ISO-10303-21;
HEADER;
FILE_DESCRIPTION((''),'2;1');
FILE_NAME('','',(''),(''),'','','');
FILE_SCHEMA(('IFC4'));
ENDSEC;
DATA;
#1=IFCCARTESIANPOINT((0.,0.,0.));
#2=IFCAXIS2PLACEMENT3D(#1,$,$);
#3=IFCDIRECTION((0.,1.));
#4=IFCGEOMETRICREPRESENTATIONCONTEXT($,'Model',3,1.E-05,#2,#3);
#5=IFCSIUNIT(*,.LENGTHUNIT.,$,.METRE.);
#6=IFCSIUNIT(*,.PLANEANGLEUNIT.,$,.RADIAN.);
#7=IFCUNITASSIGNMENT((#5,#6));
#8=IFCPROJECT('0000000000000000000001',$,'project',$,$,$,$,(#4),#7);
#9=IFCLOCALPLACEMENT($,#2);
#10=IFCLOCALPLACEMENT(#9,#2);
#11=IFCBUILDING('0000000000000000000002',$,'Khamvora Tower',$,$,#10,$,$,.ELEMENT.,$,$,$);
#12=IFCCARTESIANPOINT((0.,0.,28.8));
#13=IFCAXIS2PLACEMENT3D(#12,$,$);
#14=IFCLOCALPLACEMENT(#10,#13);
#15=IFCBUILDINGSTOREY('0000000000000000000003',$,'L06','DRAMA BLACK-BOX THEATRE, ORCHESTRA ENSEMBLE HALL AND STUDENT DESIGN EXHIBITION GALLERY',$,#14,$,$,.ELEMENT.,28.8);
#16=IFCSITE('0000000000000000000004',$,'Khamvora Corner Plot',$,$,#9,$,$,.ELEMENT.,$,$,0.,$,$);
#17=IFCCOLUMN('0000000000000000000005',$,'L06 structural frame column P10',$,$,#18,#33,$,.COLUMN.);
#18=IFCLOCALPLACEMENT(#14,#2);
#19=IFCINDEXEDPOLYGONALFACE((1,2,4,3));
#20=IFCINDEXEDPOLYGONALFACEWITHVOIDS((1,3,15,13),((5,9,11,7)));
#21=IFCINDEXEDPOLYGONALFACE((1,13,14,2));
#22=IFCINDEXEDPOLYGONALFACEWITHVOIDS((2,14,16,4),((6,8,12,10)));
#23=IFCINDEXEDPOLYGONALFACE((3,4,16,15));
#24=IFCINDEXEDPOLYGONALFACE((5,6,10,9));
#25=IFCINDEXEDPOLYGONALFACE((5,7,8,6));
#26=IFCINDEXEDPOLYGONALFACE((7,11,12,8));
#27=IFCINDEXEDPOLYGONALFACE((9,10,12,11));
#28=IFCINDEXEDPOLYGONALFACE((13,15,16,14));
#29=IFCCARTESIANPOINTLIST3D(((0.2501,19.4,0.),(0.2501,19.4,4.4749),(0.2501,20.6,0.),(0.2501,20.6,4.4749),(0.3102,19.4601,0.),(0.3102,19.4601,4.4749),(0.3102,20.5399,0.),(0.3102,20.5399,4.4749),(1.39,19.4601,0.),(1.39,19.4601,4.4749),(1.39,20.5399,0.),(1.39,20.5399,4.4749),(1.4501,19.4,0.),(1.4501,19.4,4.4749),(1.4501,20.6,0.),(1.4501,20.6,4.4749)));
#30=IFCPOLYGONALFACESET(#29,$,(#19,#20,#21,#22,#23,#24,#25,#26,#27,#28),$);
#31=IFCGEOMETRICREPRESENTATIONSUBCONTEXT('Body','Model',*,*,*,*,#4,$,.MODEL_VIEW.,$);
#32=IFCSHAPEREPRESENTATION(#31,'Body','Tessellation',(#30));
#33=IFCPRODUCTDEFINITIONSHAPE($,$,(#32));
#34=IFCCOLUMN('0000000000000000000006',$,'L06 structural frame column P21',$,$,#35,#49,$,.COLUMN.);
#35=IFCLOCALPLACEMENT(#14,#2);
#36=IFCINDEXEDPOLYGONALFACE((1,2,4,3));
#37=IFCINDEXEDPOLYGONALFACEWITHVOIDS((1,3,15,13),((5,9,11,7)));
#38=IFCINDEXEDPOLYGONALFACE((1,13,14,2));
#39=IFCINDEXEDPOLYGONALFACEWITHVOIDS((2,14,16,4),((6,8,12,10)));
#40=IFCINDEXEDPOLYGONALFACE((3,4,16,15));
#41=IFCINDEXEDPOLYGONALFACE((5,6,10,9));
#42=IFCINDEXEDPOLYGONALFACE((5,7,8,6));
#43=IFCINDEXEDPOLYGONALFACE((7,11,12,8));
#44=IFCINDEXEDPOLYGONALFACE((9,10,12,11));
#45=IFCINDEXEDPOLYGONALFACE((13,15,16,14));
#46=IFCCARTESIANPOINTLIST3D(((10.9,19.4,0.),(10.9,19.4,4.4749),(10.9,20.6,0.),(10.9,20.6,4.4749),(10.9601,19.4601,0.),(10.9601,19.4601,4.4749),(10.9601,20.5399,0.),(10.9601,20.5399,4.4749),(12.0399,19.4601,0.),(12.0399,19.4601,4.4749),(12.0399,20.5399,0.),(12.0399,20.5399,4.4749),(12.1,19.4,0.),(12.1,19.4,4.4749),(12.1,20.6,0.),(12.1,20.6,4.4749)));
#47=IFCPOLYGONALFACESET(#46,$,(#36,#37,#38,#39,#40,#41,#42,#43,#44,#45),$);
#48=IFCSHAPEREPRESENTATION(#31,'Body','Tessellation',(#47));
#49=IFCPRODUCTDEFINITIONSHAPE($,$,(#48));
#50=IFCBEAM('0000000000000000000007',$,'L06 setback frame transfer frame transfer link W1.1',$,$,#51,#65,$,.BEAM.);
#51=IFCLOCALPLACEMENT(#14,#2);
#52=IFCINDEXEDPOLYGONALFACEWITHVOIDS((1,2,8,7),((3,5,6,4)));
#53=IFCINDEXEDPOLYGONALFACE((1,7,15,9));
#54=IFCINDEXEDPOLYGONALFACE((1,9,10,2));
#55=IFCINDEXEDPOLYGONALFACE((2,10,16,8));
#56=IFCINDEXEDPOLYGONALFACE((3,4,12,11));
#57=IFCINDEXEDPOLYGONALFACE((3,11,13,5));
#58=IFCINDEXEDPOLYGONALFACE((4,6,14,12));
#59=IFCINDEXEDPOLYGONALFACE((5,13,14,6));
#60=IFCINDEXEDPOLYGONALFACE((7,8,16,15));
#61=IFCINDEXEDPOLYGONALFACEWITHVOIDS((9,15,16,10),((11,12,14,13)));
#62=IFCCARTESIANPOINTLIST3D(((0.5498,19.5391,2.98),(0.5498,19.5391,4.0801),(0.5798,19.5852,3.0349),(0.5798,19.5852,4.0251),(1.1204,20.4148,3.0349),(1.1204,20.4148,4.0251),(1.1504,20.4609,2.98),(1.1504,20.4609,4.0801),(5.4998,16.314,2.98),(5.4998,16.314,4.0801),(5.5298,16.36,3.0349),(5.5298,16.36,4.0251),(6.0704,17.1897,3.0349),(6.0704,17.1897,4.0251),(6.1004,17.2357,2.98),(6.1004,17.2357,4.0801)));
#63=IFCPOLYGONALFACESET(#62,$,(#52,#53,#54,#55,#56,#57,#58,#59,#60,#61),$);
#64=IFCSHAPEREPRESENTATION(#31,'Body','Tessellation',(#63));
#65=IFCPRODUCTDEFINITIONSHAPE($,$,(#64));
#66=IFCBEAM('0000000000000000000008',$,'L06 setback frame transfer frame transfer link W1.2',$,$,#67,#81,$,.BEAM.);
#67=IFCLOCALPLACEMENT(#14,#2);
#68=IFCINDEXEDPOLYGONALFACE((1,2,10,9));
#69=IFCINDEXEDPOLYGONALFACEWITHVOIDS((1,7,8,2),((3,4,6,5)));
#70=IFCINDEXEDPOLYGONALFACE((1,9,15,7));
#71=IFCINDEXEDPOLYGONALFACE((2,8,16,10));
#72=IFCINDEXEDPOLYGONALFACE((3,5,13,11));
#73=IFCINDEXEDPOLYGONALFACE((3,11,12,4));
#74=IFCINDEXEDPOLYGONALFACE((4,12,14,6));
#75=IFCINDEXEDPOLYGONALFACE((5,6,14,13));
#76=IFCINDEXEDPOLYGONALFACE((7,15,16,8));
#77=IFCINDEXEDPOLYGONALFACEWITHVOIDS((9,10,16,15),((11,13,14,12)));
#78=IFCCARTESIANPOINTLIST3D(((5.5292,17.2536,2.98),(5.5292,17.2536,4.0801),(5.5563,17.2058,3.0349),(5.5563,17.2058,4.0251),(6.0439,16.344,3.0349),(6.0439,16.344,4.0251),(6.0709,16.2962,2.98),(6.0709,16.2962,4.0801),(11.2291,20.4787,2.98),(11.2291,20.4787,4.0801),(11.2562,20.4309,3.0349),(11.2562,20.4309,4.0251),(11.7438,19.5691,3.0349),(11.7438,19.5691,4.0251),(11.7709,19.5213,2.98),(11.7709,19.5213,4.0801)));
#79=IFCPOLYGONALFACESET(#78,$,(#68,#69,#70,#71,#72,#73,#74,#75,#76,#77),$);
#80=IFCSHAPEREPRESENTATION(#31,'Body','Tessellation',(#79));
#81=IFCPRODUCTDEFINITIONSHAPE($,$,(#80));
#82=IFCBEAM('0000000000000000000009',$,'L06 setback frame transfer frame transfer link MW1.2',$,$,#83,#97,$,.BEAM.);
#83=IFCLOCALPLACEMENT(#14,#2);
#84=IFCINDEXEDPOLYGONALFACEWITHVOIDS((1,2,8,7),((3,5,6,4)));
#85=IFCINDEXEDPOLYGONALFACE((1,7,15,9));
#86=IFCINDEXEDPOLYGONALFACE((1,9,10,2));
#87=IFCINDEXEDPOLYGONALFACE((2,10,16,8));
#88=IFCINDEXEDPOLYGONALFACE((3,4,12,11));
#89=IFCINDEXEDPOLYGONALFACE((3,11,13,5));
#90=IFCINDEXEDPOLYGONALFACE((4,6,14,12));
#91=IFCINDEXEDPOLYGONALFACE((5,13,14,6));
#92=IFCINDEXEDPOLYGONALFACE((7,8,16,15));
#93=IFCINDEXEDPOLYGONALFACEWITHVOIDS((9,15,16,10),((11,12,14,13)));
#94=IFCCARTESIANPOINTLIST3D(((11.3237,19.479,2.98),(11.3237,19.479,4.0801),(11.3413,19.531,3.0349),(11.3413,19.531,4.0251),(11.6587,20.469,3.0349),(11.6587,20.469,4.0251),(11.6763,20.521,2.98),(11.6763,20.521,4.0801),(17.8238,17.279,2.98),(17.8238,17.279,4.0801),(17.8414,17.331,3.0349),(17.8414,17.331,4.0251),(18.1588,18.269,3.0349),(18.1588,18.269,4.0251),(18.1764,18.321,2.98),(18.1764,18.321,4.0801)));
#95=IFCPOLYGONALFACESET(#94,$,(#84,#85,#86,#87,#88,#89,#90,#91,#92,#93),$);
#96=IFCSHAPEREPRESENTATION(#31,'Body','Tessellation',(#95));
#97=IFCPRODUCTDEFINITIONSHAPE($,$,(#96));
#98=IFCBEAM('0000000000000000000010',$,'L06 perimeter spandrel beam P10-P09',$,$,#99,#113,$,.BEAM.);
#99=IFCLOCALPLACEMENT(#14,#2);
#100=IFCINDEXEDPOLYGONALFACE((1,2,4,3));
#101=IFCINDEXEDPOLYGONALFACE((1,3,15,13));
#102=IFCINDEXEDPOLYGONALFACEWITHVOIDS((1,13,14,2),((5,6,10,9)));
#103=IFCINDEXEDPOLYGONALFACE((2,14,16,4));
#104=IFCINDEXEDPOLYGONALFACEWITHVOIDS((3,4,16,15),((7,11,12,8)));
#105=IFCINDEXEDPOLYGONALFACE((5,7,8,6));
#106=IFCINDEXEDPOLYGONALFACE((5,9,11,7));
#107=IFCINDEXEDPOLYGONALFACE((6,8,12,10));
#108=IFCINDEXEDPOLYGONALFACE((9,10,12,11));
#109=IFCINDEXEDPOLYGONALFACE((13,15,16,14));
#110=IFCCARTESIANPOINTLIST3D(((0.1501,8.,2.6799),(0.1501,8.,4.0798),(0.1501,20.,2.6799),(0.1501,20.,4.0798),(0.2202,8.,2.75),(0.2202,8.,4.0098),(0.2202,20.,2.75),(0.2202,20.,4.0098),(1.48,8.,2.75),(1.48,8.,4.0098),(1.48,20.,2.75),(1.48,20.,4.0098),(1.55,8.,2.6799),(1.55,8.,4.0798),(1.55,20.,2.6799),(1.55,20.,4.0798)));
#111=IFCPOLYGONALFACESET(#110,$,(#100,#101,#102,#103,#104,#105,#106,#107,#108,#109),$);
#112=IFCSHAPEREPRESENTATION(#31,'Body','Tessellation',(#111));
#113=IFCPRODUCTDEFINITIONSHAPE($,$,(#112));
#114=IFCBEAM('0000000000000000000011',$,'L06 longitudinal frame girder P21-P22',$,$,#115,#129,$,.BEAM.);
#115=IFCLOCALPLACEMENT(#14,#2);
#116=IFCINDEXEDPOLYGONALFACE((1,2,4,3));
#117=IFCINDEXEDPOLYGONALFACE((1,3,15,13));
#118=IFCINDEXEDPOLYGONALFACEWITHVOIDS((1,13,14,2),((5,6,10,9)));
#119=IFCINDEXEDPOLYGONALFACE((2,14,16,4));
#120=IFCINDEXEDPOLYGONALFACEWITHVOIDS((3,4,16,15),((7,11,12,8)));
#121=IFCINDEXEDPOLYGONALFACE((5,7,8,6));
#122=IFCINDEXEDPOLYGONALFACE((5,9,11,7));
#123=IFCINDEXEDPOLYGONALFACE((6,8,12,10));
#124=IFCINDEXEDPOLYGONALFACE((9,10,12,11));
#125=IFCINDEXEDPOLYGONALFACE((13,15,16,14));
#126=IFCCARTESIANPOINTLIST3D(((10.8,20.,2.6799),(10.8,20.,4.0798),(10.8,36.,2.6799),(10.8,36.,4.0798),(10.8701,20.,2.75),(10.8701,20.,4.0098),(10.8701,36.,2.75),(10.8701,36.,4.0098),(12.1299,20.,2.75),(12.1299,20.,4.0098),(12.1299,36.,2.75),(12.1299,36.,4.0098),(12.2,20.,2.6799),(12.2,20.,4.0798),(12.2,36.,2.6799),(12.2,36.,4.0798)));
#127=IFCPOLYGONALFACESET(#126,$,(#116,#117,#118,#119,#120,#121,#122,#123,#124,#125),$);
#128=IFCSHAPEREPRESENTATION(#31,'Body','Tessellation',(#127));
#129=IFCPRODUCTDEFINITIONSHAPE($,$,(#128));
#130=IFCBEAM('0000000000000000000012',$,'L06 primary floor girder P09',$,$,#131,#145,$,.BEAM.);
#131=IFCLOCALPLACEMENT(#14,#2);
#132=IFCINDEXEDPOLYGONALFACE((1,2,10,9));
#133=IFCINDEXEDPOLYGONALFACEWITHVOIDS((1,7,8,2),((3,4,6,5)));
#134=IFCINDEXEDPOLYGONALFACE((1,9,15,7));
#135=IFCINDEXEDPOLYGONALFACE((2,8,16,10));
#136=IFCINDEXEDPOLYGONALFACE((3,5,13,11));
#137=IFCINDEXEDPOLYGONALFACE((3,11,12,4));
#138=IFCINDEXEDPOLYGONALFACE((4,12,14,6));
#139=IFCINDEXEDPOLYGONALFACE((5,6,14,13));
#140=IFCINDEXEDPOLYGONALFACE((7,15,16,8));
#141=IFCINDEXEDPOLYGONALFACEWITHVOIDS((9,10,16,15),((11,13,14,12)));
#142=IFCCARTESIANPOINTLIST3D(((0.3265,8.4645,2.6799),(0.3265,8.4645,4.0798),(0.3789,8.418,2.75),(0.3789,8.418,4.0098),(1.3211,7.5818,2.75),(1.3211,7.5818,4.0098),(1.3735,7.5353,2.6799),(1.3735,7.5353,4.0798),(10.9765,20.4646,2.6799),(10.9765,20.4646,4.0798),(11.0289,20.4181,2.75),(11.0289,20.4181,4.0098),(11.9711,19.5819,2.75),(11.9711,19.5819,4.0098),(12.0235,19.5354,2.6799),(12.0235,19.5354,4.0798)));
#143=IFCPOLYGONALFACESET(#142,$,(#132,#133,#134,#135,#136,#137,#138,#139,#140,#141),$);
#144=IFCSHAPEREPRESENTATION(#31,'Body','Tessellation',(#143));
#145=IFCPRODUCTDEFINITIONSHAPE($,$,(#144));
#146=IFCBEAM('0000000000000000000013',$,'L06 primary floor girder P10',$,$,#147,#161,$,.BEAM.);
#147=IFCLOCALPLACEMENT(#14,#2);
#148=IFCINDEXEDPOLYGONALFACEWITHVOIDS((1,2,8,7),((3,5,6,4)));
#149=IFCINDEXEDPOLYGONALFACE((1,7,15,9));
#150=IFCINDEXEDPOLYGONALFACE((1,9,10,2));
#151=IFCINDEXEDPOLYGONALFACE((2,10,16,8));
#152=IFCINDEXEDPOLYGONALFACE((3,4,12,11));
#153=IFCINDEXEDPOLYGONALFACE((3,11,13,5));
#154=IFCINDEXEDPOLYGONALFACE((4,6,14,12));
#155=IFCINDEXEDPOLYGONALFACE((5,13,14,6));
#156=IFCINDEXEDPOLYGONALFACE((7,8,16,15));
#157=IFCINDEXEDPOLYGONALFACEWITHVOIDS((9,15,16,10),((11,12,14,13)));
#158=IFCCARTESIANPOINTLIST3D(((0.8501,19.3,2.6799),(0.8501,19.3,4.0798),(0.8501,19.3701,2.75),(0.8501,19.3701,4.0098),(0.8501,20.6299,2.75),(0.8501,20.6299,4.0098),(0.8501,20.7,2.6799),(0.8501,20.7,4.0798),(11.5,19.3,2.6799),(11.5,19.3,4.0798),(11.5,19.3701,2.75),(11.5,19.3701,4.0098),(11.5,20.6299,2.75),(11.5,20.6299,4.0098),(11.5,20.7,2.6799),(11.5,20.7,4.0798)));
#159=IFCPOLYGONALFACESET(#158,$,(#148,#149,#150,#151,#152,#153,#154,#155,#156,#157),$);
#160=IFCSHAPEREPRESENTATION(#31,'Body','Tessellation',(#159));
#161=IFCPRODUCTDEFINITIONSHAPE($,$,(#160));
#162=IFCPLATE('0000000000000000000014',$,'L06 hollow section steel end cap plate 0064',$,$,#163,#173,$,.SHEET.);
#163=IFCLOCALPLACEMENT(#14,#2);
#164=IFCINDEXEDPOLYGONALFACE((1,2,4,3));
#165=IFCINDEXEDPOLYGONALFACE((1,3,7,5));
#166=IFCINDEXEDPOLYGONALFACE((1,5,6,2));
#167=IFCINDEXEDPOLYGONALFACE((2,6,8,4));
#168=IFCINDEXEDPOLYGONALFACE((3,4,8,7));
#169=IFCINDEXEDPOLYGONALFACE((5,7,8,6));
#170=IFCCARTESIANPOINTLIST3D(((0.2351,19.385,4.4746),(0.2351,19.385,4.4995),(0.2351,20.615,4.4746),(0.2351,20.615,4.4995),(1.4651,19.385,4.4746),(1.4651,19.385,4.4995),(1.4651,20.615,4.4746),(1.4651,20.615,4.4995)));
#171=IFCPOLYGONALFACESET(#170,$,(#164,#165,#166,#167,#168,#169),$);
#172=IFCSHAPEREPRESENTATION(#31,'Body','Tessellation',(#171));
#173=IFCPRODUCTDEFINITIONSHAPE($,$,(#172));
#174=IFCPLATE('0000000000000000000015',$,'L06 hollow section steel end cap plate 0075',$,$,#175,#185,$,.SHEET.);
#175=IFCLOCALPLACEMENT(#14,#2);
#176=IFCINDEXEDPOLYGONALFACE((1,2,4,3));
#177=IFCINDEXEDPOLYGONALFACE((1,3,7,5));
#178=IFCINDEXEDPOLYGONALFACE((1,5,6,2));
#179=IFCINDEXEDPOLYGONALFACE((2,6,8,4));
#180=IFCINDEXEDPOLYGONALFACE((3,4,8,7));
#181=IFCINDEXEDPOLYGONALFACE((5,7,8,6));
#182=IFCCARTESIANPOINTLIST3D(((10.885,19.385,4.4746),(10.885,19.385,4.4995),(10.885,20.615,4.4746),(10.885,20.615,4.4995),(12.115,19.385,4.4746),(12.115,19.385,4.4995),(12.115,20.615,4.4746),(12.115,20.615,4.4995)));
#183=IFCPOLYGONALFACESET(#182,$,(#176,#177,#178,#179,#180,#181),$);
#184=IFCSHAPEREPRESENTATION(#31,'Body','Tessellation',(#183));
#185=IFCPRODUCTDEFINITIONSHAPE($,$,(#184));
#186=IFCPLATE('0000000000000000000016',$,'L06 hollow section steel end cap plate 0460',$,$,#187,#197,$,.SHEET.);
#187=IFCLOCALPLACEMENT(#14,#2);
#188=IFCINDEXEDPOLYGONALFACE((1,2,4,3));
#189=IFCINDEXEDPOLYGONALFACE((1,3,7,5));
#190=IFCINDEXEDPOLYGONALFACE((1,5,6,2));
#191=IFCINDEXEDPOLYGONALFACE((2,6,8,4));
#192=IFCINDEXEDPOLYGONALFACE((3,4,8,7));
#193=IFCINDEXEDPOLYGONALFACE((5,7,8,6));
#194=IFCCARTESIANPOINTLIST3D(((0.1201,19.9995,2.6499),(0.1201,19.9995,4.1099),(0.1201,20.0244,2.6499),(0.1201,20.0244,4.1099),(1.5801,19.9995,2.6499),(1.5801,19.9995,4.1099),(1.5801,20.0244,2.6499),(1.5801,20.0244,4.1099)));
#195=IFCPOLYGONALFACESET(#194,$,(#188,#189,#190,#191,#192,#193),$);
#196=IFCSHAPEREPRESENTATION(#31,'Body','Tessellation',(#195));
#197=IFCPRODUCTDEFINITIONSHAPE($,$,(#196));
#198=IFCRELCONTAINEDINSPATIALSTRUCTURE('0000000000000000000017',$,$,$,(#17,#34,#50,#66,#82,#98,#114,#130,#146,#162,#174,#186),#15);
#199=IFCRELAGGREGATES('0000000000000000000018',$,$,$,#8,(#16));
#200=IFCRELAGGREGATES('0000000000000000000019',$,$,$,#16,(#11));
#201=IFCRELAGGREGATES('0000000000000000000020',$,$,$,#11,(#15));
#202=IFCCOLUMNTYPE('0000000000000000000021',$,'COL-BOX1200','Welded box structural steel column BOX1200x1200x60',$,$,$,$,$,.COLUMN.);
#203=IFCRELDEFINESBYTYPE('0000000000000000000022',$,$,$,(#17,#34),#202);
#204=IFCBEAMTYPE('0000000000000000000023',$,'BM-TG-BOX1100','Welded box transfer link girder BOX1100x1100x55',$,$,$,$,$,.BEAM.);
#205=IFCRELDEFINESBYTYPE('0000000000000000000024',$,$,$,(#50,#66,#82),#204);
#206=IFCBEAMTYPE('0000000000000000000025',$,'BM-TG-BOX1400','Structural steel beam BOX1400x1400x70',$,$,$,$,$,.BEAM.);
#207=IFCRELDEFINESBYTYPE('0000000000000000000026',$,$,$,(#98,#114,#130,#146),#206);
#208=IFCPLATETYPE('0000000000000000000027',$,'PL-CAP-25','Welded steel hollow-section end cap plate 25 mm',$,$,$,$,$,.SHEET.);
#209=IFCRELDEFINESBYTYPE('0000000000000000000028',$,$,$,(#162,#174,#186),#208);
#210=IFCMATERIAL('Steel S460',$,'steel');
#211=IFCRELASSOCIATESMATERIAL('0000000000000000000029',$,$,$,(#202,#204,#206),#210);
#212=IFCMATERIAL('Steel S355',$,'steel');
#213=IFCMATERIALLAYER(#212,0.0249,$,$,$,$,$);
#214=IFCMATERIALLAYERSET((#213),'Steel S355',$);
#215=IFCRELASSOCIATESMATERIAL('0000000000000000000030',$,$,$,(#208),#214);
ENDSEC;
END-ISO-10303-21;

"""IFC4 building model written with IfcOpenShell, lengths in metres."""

from ifc_helpers import new_model, si_unit, direction, frame, origin, origin_2d, place, context, subcontext, project, spatial, rectangle, hollow_rectangle, extrude, material, layer, layer_set, material_profile, profile_set, type_object, element, save


model = new_model("IFC4")

# Units and contexts
model_context = context("Model", 3, precision=1e-05, world=origin(), true_north=direction((0.0, 1.0)))
body_context = subcontext(model_context, "Body", "Model", "MODEL_VIEW")
ifc_project = project(units=[si_unit("LENGTHUNIT", "METRE"), si_unit("PLANEANGLEUNIT", "RADIAN")], contexts=[model_context])

# Site, building, storey
site_placement = place(None, origin())
site = spatial("IfcSite", under=ifc_project, at=site_placement, Name="Khamvora Corner Plot", CompositionType="ELEMENT", RefElevation=0.0)
building_placement = place(site_placement, origin())
building = spatial("IfcBuilding", under=site, at=building_placement, Name="Khamvora Tower", CompositionType="ELEMENT")
storey_placement = place(building_placement, frame((0.0, 0.0, 28.8)))
storey = spatial("IfcBuildingStorey", under=building, at=storey_placement, Name="L06", Description="DRAMA BLACK-BOX THEATRE, ORCHESTRA ENSEMBLE HALL AND STUDENT DESIGN EXHIBITION GALLERY", CompositionType="ELEMENT", Elevation=28.8)

# Columns
ifc_material_1 = material(Name="Steel S460", Category="steel")
ifc_material_profile_1 = material_profile(ifc_material_1, hollow_rectangle(XDim=1.2, YDim=1.2, WallThickness=0.0601, at=origin_2d()), Name="BOX1200x1200x60")
ifc_profile_set_1 = profile_set([ifc_material_profile_1], Name="Steel S460")
column_type = type_object("IfcColumnType", Name="COL-BOX1200", Description="Welded box structural steel column BOX1200x1200x60", PredefinedType="COLUMN", material=ifc_profile_set_1)
for number, where, z_axis, x_axis, name in (
    (1, (0.8501, 20.0, 0.0), (0.0, 0.0, 1.0), (1.0, 0.0, 0.0), "L06 structural frame column P10"),
    (2, (11.5, 20.0, 0.0), (0.0, 0.0, 1.0), (1.0, 0.0, 0.0), "L06 structural frame column P21"),
):
    element("IfcColumn", number, at=place(storey_placement, frame(where, z_axis=z_axis, x_axis=x_axis)), inside=storey, type_object=column_type, Name=name, PredefinedType="COLUMN", context=body_context, shape_type="SweptSolid", body=[
        extrude(hollow_rectangle(XDim=1.2, YDim=1.2, WallThickness=0.0601, at=origin_2d()), origin(), (0.0, 0.0, 1.0), 4.4749),
    ])

# Beams
ifc_material_profile_2 = material_profile(ifc_material_1, hollow_rectangle(XDim=1.1001, YDim=1.1001, WallThickness=0.0549, at=origin_2d()), Name="BOX1100x1100x55")
ifc_profile_set_2 = profile_set([ifc_material_profile_2], Name="Steel S460")
beam_type_1 = type_object("IfcBeamType", Name="BM-TG-BOX1100", Description="Welded box transfer link girder BOX1100x1100x55", PredefinedType="BEAM", material=ifc_profile_set_2)
beam_1_placement = place(storey_placement, frame((0.8501, 20.0, 3.53), z_axis=(0.837853, -0.545896, 0.0), x_axis=(0.545896, 0.837853, 0.0)))
element("IfcBeam", 3, at=beam_1_placement, inside=storey, type_object=beam_type_1, Name="L06 setback frame transfer frame transfer link W1.1", PredefinedType="BEAM", context=body_context, shape_type="SweptSolid", body=[
    extrude(hollow_rectangle(XDim=1.1001, YDim=1.1001, WallThickness=0.0549, at=origin_2d()), origin(), (0.0, 0.0, 1.0), 5.908),
])
beam_2_placement = place(storey_placement, frame((11.5, 20.0, 3.53), z_axis=(-0.870341, -0.492449, 0.0), x_axis=(0.492449, -0.870341, 0.0)))
element("IfcBeam", 4, at=beam_2_placement, inside=storey, type_object=beam_type_1, Name="L06 setback frame transfer frame transfer link W1.2", PredefinedType="BEAM", context=body_context, shape_type="SweptSolid", body=[
    extrude(hollow_rectangle(XDim=1.1001, YDim=1.1001, WallThickness=0.0549, at=origin_2d()), origin(), (0.0, 0.0, 1.0), 6.5491),
])
beam_3_placement = place(storey_placement, frame((11.5, 20.0, 3.53), z_axis=(0.947218, -0.32059, 0.0), x_axis=(0.32059, 0.947218, 0.0)))
element("IfcBeam", 5, at=beam_3_placement, inside=storey, type_object=beam_type_1, Name="L06 setback frame transfer frame transfer link MW1.2", PredefinedType="BEAM", context=body_context, shape_type="SweptSolid", body=[
    extrude(hollow_rectangle(XDim=1.1001, YDim=1.1001, WallThickness=0.0549, at=origin_2d()), origin(), (0.0, 0.0, 1.0), 6.8623),
])
ifc_material_profile_3 = material_profile(ifc_material_1, hollow_rectangle(XDim=1.3999, YDim=1.3999, WallThickness=0.0701, at=origin_2d()), Name="BOX1400x1400x70")
ifc_profile_set_3 = profile_set([ifc_material_profile_3], Name="Steel S460")
beam_type_2 = type_object("IfcBeamType", Name="BM-TG-BOX1400", Description="Structural steel beam BOX1400x1400x70", PredefinedType="BEAM", material=ifc_profile_set_3)
beam_4_placement = place(storey_placement, frame((0.8501, 20.0, 3.3799), z_axis=(0.0, -1.0, 0.0), x_axis=(1.0, 0.0, 0.0)))
element("IfcBeam", 6, at=beam_4_placement, inside=storey, type_object=beam_type_2, Name="L06 perimeter spandrel beam P10-P09", PredefinedType="BEAM", context=body_context, shape_type="SweptSolid", body=[
    extrude(hollow_rectangle(XDim=1.3999, YDim=1.3999, WallThickness=0.0701, at=origin_2d()), origin(), (0.0, 0.0, 1.0), 12.0),
])
beam_5_placement = place(storey_placement, frame((11.5, 20.0, 3.3799), z_axis=(0.0, 1.0, 0.0), x_axis=(-1.0, 0.0, 0.0)))
element("IfcBeam", 7, at=beam_5_placement, inside=storey, type_object=beam_type_2, Name="L06 longitudinal frame girder P21-P22", PredefinedType="BEAM", context=body_context, shape_type="SweptSolid", body=[
    extrude(hollow_rectangle(XDim=1.3999, YDim=1.3999, WallThickness=0.0701, at=origin_2d()), origin(), (0.0, 0.0, 1.0), 16.0),
])
beam_6_placement = place(storey_placement, frame((11.5, 20.0, 3.3799), z_axis=(-0.66378, -0.747928, 0.0), x_axis=(0.747928, -0.66378, 0.0)))
element("IfcBeam", 8, at=beam_6_placement, inside=storey, type_object=beam_type_2, Name="L06 primary floor girder P09", PredefinedType="BEAM", context=body_context, shape_type="SweptSolid", body=[
    extrude(hollow_rectangle(XDim=1.3999, YDim=1.3999, WallThickness=0.0701, at=origin_2d()), origin(), (0.0, 0.0, 1.0), 16.0444),
])
beam_7_placement = place(storey_placement, frame((11.5, 20.0, 3.3799), z_axis=(-1.0, 0.0, 0.0), x_axis=(0.0, -1.0, 0.0)))
element("IfcBeam", 9, at=beam_7_placement, inside=storey, type_object=beam_type_2, Name="L06 primary floor girder P10", PredefinedType="BEAM", context=body_context, shape_type="SweptSolid", body=[
    extrude(hollow_rectangle(XDim=1.3999, YDim=1.3999, WallThickness=0.0701, at=origin_2d()), origin(), (0.0, 0.0, 1.0), 10.6499),
])

# Plates
ifc_material_2 = material(Name="Steel S355", Category="steel")
ifc_layer_1 = layer(ifc_material_2, 0.0249)
ifc_layer_set_1 = layer_set([ifc_layer_1], Name="Steel S355")
plate_type = type_object("IfcPlateType", Name="PL-CAP-25", Description="Welded steel hollow-section end cap plate 25 mm", PredefinedType="SHEET", material=ifc_layer_set_1)
for number, where, z_axis, x_axis, name in (
    (10, (0.8501, 20.0, 4.4746), (0.0, 0.0, 1.0), (1.0, 0.0, 0.0), "L06 hollow section steel end cap plate 0064"),
    (11, (11.5, 20.0, 4.4746), (0.0, 0.0, 1.0), (1.0, 0.0, 0.0), "L06 hollow section steel end cap plate 0075"),
):
    element("IfcPlate", number, at=place(storey_placement, frame(where, z_axis=z_axis, x_axis=x_axis)), inside=storey, type_object=plate_type, Name=name, PredefinedType="SHEET", context=body_context, shape_type="SweptSolid", body=[
        extrude(rectangle(XDim=1.23, YDim=1.23, at=origin_2d()), origin(), (0.0, 0.0, 1.0), 0.0249),
    ])
for number, where, z_axis, x_axis, name in (
    (12, (0.8501, 20.012, 2.6499), (0.0, 0.0, 1.0), (0.0, -1.0, 0.0), "L06 hollow section steel end cap plate 0460"),
):
    element("IfcPlate", number, at=place(storey_placement, frame(where, z_axis=z_axis, x_axis=x_axis)), inside=storey, type_object=plate_type, Name=name, PredefinedType="SHEET", context=body_context, shape_type="SweptSolid", body=[
        extrude(rectangle(XDim=0.0249, YDim=1.46, at=origin_2d()), origin(), (0.0, 0.0, 1.0), 1.46),
    ])

save(model, "model.ifc")
